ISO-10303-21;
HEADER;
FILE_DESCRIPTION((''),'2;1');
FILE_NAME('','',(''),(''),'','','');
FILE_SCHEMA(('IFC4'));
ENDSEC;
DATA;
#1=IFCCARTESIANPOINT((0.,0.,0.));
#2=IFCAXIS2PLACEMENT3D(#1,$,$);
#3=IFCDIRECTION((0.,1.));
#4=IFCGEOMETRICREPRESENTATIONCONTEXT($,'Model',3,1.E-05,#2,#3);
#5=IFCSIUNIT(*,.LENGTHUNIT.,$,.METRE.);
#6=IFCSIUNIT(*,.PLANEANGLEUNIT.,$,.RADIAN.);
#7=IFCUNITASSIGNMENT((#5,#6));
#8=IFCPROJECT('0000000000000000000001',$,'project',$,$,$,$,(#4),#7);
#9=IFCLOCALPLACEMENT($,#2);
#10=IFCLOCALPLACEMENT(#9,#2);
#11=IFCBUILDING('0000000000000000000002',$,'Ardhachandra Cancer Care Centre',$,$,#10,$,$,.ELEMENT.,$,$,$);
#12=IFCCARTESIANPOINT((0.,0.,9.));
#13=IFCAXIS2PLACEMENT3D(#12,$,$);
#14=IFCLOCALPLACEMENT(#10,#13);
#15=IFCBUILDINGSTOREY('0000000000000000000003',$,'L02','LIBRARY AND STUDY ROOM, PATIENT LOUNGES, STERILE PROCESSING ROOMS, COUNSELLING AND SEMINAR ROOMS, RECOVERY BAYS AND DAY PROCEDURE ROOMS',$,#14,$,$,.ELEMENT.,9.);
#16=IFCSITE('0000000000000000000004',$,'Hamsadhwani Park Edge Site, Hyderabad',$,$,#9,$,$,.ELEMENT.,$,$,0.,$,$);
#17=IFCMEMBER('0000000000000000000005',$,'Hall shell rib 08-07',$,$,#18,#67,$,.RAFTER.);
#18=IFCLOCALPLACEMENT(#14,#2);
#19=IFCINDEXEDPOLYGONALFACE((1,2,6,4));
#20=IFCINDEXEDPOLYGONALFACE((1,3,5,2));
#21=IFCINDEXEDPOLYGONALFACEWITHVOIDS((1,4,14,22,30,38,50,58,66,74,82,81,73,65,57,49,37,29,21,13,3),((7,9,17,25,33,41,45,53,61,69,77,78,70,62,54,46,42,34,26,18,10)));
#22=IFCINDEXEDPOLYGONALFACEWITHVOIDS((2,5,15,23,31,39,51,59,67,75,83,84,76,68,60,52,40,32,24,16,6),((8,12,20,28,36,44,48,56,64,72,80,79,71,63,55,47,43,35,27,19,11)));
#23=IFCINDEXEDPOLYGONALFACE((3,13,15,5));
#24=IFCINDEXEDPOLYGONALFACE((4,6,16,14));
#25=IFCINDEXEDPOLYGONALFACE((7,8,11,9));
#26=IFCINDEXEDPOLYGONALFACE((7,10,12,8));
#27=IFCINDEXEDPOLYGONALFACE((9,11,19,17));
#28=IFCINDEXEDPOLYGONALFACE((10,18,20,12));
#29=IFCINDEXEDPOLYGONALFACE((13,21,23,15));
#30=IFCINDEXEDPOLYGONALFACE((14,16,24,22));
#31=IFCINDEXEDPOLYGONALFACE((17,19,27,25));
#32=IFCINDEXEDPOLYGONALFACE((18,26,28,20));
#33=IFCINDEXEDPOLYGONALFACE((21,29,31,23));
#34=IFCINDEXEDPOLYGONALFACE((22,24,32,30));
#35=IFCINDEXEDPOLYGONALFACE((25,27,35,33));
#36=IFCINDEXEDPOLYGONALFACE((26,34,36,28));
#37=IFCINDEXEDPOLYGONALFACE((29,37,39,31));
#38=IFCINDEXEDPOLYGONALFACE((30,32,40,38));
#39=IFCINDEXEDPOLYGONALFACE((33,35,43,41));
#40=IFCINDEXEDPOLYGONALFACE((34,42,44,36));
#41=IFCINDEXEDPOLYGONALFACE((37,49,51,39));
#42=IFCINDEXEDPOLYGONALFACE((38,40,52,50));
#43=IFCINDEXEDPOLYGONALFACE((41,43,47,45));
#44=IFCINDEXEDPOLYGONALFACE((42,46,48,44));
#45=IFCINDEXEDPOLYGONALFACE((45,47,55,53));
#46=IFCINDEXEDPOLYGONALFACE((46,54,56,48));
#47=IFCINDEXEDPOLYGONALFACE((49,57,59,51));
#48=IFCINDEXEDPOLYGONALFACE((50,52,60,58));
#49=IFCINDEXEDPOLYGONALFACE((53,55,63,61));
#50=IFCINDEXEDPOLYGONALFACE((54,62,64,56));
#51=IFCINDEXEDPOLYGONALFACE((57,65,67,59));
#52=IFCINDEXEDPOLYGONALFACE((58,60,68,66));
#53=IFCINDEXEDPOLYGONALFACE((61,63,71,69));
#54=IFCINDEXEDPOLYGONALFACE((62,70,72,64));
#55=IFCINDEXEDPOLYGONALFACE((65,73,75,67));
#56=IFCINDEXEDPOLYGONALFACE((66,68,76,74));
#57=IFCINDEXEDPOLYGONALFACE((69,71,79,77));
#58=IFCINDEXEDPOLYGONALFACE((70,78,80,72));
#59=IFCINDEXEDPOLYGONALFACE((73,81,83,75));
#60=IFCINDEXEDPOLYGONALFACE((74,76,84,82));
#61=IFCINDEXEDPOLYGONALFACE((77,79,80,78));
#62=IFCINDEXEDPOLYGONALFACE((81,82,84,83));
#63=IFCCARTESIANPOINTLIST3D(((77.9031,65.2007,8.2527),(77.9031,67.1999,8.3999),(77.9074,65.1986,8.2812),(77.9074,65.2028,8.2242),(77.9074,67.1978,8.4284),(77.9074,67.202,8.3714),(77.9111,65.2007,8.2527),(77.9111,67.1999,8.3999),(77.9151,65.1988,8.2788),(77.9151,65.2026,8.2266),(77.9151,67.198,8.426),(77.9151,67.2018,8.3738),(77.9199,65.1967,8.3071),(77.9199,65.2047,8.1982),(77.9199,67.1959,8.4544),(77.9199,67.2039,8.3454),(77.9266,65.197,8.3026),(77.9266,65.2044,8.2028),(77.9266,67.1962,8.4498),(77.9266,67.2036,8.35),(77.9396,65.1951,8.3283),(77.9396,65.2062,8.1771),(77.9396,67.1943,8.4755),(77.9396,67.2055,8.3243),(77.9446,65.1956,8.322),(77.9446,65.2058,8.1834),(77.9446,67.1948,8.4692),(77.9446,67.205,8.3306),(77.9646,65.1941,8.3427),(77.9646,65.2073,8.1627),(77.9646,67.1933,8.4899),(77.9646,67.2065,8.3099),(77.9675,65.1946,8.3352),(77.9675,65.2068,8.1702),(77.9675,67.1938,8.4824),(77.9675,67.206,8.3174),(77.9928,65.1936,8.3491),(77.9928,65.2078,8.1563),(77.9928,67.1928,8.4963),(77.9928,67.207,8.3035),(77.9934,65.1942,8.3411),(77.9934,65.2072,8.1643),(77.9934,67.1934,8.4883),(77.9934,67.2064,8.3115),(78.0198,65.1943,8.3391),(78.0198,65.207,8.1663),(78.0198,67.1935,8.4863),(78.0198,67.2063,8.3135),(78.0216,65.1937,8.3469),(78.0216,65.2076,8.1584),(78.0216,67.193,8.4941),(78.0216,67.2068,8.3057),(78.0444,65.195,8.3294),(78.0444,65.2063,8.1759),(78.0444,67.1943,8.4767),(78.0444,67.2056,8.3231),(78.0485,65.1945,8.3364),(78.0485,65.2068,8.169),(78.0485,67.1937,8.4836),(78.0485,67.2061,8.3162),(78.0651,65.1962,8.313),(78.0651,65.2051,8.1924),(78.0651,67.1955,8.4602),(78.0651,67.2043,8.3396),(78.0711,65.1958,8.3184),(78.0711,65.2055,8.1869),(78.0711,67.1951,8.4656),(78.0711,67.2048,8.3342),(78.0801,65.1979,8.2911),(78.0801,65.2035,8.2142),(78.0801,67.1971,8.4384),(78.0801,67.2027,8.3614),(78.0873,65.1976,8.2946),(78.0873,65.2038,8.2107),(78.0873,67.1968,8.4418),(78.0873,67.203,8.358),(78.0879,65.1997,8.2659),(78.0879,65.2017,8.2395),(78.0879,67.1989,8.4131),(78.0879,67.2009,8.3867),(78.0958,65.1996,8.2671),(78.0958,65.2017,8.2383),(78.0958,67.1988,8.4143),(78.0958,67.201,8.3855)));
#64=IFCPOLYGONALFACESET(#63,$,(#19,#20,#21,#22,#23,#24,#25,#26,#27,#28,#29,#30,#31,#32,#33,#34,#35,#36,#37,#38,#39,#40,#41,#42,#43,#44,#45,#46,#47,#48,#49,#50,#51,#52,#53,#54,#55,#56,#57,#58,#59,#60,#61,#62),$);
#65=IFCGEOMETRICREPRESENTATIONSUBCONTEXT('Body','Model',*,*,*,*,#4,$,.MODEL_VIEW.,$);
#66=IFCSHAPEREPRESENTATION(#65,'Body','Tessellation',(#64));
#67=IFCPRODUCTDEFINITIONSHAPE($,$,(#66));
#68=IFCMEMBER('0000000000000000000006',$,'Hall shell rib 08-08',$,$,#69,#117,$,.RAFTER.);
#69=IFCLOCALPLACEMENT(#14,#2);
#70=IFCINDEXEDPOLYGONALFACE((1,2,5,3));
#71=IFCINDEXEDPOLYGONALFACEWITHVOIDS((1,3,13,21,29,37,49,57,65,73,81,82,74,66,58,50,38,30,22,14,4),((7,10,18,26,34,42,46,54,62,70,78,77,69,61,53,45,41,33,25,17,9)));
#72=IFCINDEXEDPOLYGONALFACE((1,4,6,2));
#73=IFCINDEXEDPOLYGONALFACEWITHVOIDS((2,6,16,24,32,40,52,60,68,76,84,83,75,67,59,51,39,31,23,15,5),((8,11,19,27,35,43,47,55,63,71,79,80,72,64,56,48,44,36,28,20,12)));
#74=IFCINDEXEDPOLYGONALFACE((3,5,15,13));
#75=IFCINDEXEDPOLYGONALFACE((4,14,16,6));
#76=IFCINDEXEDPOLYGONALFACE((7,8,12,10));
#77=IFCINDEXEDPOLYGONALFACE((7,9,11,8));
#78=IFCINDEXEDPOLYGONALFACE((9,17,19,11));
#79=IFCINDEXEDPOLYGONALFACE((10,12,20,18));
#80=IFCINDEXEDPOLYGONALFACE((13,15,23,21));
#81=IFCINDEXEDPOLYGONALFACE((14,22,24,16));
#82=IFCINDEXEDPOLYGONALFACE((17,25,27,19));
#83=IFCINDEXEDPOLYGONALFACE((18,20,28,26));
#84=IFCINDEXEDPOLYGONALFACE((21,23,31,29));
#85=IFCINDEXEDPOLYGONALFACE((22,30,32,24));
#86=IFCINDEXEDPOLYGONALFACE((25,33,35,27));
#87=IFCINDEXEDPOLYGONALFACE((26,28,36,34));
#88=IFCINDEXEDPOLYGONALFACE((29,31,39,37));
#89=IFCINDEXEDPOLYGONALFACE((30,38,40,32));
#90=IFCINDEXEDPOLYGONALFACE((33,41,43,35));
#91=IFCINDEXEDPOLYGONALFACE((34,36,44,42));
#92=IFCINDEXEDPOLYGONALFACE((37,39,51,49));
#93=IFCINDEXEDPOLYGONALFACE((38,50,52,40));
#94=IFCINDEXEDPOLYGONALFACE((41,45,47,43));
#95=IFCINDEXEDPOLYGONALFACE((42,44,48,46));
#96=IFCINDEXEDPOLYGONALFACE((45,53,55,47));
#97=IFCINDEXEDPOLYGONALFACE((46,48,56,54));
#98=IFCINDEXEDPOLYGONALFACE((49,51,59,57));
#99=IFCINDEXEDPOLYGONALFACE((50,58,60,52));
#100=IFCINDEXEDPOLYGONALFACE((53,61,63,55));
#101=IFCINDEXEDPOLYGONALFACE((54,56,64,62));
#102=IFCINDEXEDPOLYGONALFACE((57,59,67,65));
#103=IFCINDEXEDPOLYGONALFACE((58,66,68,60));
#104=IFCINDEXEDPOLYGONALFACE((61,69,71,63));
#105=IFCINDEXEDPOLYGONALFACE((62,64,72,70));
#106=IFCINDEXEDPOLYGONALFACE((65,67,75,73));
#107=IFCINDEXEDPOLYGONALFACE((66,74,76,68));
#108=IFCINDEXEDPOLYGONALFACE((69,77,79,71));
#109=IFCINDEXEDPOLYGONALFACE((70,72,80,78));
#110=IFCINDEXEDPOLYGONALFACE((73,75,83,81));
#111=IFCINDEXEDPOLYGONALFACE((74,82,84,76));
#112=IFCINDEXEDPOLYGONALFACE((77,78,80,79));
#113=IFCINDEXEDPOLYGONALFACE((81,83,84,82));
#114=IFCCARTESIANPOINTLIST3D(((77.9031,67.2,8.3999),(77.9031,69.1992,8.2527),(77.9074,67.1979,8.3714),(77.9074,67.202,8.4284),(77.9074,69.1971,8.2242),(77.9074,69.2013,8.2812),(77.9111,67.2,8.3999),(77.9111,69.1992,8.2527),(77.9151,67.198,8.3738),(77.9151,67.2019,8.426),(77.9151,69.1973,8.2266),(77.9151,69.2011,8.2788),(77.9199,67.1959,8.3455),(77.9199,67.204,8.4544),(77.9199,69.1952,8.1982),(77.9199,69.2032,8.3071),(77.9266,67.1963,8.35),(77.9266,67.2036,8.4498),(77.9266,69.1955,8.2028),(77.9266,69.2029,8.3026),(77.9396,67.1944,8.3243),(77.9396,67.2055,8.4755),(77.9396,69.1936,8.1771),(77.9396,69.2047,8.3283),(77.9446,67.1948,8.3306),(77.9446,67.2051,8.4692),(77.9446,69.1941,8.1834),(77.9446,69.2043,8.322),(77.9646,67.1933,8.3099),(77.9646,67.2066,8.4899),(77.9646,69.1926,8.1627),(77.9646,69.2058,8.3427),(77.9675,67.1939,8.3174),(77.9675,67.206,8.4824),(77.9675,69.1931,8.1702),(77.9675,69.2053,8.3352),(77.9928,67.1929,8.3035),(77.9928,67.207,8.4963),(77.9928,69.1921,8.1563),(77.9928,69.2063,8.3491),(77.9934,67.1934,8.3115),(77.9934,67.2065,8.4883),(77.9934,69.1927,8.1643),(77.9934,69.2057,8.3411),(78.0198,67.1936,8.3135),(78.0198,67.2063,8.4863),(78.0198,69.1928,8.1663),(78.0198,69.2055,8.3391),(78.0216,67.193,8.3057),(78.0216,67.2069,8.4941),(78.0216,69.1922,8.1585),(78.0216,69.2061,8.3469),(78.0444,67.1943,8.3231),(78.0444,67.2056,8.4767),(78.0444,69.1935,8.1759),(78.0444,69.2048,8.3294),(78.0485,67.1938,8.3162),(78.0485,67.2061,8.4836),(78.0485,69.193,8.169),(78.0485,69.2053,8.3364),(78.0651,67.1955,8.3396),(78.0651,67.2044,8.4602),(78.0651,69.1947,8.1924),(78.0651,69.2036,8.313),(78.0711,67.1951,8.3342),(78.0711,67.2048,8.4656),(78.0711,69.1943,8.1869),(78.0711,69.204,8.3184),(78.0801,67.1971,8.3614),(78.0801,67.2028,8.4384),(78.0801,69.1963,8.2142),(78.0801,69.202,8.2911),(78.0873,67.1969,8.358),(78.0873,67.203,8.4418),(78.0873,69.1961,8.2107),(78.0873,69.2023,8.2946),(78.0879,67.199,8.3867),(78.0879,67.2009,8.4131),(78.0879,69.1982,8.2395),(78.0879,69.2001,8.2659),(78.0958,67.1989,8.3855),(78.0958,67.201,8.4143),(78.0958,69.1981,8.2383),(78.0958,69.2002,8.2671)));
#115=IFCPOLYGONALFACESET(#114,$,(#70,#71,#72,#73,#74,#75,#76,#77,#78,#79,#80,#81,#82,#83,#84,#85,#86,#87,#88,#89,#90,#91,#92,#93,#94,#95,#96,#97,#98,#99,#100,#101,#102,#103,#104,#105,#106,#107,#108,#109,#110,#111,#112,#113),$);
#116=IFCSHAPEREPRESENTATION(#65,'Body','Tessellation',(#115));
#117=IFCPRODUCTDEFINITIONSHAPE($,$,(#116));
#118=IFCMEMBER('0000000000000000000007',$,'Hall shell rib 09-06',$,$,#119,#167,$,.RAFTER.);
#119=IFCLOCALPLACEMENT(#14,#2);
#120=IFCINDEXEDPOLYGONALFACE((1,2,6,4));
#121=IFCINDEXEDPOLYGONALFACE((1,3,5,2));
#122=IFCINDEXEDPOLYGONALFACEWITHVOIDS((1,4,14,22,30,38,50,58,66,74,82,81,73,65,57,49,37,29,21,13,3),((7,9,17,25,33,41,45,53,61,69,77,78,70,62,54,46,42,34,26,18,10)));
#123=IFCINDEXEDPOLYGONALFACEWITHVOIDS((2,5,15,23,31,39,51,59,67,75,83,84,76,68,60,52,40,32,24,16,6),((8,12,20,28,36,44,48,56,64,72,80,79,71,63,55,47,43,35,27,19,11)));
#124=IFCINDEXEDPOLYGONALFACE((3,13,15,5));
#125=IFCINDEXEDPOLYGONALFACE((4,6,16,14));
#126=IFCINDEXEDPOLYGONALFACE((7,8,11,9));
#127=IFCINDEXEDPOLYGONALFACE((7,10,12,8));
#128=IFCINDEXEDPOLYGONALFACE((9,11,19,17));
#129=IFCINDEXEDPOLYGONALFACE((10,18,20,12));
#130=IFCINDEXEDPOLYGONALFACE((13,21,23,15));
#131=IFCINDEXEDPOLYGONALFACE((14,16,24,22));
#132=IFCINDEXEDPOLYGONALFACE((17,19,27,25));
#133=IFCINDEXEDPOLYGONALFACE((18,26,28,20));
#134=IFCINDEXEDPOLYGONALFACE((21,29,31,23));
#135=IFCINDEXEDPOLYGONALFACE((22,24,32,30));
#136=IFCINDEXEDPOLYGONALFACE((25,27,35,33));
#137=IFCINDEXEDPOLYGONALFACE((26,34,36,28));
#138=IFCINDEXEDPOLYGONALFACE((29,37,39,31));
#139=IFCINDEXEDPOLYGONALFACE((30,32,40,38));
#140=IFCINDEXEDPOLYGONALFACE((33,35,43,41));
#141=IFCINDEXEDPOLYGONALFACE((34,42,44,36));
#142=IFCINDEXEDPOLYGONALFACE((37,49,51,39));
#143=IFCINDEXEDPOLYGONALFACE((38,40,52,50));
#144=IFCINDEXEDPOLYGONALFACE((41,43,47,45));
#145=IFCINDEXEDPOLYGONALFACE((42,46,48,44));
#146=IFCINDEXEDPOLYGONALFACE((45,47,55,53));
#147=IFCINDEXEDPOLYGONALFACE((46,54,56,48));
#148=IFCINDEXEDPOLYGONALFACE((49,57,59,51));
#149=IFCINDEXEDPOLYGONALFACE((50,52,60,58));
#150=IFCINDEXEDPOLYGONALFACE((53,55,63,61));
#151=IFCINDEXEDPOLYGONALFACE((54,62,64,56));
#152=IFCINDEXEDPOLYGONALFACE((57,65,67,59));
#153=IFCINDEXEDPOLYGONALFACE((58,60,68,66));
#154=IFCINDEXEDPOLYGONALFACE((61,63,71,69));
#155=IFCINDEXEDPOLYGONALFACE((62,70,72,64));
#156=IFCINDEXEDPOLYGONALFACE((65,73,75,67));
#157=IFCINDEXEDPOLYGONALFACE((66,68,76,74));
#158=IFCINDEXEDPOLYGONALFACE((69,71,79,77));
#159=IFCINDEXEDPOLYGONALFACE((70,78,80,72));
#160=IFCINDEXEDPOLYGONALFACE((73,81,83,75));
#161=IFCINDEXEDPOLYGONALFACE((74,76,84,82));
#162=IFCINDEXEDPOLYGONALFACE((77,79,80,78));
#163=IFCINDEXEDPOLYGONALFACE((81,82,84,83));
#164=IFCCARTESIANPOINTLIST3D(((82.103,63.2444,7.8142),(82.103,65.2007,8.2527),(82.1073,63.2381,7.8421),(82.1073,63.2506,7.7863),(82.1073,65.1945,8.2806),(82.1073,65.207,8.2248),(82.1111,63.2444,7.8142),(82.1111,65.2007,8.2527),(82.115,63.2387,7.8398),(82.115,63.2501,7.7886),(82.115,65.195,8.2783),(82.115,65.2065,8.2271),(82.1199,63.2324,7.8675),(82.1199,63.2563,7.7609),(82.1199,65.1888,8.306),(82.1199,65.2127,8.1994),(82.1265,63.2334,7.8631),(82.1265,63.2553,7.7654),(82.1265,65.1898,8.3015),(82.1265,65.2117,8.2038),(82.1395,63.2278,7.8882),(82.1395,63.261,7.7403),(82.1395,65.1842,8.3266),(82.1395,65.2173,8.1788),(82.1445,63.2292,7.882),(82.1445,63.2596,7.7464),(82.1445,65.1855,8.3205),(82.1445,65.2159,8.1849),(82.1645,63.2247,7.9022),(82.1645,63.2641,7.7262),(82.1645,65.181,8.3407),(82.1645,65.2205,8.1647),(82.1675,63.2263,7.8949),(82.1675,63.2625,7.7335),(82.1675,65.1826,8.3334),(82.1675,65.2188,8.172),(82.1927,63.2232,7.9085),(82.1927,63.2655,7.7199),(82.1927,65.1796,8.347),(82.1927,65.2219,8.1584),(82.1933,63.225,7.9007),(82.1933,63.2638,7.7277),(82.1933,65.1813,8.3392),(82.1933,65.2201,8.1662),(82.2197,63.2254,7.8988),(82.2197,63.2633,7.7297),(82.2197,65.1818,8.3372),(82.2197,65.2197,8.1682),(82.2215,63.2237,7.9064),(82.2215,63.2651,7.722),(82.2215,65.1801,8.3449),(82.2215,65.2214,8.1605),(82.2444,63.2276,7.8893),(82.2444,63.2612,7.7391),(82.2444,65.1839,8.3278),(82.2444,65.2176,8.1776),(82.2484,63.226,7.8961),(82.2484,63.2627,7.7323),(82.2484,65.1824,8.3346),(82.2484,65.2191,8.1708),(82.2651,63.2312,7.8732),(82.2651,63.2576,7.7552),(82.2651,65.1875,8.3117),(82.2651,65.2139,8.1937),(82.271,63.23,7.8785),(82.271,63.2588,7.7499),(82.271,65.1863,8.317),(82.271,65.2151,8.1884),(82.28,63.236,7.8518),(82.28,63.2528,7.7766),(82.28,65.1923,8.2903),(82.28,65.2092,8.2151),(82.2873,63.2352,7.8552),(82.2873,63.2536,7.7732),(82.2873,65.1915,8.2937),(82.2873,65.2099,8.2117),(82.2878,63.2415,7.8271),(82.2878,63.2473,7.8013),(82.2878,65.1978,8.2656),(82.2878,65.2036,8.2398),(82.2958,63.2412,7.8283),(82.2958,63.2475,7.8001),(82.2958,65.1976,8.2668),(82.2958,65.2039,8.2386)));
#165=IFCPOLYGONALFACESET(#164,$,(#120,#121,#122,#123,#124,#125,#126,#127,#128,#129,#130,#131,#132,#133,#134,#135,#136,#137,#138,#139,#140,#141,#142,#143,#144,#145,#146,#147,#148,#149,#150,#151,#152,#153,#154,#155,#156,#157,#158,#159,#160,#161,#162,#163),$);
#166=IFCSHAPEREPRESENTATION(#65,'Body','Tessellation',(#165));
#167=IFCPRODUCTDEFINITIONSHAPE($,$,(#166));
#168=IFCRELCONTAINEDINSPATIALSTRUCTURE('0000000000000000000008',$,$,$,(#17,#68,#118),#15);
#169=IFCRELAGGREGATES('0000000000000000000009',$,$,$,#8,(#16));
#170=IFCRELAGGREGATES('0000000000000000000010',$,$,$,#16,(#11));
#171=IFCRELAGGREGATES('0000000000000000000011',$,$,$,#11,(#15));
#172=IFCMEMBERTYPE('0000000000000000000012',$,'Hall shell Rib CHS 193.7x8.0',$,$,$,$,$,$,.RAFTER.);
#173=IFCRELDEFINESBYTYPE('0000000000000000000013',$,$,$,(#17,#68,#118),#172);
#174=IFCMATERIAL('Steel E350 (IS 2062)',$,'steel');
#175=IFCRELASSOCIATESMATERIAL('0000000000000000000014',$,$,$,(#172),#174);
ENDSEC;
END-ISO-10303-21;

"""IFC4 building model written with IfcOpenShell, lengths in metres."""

from ifc_helpers import new_model, si_unit, direction, frame, origin, origin_2d, place, context, subcontext, project, spatial, hollow_circle, extrude, material, material_profile, profile_set, type_object, element, save


model = new_model("IFC4")

# Units and contexts
model_context = context("Model", 3, precision=1e-05, world=origin(), true_north=direction((0.0, 1.0)))
body_context = subcontext(model_context, "Body", "Model", "MODEL_VIEW")
ifc_project = project(units=[si_unit("LENGTHUNIT", "METRE"), si_unit("PLANEANGLEUNIT", "RADIAN")], contexts=[model_context])

# Site, building, storey
site_placement = place(None, origin())
site = spatial("IfcSite", under=ifc_project, at=site_placement, Name="Hamsadhwani Park Edge Site, Hyderabad", CompositionType="ELEMENT", RefElevation=0.0)
building_placement = place(site_placement, origin())
building = spatial("IfcBuilding", under=site, at=building_placement, Name="Ardhachandra Cancer Care Centre", CompositionType="ELEMENT")
storey_placement = place(building_placement, frame((0.0, 0.0, 9.0)))
storey = spatial("IfcBuildingStorey", under=building, at=storey_placement, Name="L02", Description="LIBRARY AND STUDY ROOM, PATIENT LOUNGES, STERILE PROCESSING ROOMS, COUNSELLING AND SEMINAR ROOMS, RECOVERY BAYS AND DAY PROCEDURE ROOMS", CompositionType="ELEMENT", Elevation=9.0)

# Members
ifc_material_1 = material(Name="Steel E350 (IS 2062)", Category="steel")
ifc_material_profile_1 = material_profile(ifc_material_1, hollow_circle(Radius=0.0969, WallThickness=0.0081, at=origin_2d()), Name="CHS 193.7x8.0")
ifc_profile_set_1 = profile_set([ifc_material_profile_1], Name="Steel E350 (IS 2062)")
member_type_1 = type_object("IfcMemberType", Name="Hall shell Rib CHS 193.7x8.0", PredefinedType="RAFTER", material=ifc_profile_set_1)
for number, where, z_axis, x_axis, name in (
    (1, (78.0, 65.2007, 8.2527), (0.0, 0.9973, 0.073437), (-1.0, 0.0, 0.0), "Hall shell rib 08-07"),
    (2, (78.0, 67.2, 8.3999), (0.0, 0.9973, -0.073437), (-1.0, 0.0, 0.0), "Hall shell rib 08-08"),
):
    element("IfcMember", number, at=place(storey_placement, frame(where, z_axis=z_axis, x_axis=x_axis)), inside=storey, type_object=member_type_1, Name=name, PredefinedType="RAFTER", context=body_context, shape_type="SweptSolid", body=[
        extrude(hollow_circle(Radius=0.0969, WallThickness=0.0081, at=origin_2d()), origin(), (0.0, 0.0, 1.0), 2.0046),
    ])
member_1_placement = place(storey_placement, frame((82.2, 63.2444, 7.8142), z_axis=(0.0, 0.97579, 0.218709), x_axis=(-1.0, 0.0, 0.0)))
element("IfcMember", 3, at=member_1_placement, inside=storey, type_object=member_type_1, Name="Hall shell rib 09-06", PredefinedType="RAFTER", context=body_context, shape_type="SweptSolid", body=[
    extrude(hollow_circle(Radius=0.0969, WallThickness=0.0081, at=origin_2d()), origin(), (0.0, 0.0, 1.0), 2.0049),
])

save(model, "model.ifc")
